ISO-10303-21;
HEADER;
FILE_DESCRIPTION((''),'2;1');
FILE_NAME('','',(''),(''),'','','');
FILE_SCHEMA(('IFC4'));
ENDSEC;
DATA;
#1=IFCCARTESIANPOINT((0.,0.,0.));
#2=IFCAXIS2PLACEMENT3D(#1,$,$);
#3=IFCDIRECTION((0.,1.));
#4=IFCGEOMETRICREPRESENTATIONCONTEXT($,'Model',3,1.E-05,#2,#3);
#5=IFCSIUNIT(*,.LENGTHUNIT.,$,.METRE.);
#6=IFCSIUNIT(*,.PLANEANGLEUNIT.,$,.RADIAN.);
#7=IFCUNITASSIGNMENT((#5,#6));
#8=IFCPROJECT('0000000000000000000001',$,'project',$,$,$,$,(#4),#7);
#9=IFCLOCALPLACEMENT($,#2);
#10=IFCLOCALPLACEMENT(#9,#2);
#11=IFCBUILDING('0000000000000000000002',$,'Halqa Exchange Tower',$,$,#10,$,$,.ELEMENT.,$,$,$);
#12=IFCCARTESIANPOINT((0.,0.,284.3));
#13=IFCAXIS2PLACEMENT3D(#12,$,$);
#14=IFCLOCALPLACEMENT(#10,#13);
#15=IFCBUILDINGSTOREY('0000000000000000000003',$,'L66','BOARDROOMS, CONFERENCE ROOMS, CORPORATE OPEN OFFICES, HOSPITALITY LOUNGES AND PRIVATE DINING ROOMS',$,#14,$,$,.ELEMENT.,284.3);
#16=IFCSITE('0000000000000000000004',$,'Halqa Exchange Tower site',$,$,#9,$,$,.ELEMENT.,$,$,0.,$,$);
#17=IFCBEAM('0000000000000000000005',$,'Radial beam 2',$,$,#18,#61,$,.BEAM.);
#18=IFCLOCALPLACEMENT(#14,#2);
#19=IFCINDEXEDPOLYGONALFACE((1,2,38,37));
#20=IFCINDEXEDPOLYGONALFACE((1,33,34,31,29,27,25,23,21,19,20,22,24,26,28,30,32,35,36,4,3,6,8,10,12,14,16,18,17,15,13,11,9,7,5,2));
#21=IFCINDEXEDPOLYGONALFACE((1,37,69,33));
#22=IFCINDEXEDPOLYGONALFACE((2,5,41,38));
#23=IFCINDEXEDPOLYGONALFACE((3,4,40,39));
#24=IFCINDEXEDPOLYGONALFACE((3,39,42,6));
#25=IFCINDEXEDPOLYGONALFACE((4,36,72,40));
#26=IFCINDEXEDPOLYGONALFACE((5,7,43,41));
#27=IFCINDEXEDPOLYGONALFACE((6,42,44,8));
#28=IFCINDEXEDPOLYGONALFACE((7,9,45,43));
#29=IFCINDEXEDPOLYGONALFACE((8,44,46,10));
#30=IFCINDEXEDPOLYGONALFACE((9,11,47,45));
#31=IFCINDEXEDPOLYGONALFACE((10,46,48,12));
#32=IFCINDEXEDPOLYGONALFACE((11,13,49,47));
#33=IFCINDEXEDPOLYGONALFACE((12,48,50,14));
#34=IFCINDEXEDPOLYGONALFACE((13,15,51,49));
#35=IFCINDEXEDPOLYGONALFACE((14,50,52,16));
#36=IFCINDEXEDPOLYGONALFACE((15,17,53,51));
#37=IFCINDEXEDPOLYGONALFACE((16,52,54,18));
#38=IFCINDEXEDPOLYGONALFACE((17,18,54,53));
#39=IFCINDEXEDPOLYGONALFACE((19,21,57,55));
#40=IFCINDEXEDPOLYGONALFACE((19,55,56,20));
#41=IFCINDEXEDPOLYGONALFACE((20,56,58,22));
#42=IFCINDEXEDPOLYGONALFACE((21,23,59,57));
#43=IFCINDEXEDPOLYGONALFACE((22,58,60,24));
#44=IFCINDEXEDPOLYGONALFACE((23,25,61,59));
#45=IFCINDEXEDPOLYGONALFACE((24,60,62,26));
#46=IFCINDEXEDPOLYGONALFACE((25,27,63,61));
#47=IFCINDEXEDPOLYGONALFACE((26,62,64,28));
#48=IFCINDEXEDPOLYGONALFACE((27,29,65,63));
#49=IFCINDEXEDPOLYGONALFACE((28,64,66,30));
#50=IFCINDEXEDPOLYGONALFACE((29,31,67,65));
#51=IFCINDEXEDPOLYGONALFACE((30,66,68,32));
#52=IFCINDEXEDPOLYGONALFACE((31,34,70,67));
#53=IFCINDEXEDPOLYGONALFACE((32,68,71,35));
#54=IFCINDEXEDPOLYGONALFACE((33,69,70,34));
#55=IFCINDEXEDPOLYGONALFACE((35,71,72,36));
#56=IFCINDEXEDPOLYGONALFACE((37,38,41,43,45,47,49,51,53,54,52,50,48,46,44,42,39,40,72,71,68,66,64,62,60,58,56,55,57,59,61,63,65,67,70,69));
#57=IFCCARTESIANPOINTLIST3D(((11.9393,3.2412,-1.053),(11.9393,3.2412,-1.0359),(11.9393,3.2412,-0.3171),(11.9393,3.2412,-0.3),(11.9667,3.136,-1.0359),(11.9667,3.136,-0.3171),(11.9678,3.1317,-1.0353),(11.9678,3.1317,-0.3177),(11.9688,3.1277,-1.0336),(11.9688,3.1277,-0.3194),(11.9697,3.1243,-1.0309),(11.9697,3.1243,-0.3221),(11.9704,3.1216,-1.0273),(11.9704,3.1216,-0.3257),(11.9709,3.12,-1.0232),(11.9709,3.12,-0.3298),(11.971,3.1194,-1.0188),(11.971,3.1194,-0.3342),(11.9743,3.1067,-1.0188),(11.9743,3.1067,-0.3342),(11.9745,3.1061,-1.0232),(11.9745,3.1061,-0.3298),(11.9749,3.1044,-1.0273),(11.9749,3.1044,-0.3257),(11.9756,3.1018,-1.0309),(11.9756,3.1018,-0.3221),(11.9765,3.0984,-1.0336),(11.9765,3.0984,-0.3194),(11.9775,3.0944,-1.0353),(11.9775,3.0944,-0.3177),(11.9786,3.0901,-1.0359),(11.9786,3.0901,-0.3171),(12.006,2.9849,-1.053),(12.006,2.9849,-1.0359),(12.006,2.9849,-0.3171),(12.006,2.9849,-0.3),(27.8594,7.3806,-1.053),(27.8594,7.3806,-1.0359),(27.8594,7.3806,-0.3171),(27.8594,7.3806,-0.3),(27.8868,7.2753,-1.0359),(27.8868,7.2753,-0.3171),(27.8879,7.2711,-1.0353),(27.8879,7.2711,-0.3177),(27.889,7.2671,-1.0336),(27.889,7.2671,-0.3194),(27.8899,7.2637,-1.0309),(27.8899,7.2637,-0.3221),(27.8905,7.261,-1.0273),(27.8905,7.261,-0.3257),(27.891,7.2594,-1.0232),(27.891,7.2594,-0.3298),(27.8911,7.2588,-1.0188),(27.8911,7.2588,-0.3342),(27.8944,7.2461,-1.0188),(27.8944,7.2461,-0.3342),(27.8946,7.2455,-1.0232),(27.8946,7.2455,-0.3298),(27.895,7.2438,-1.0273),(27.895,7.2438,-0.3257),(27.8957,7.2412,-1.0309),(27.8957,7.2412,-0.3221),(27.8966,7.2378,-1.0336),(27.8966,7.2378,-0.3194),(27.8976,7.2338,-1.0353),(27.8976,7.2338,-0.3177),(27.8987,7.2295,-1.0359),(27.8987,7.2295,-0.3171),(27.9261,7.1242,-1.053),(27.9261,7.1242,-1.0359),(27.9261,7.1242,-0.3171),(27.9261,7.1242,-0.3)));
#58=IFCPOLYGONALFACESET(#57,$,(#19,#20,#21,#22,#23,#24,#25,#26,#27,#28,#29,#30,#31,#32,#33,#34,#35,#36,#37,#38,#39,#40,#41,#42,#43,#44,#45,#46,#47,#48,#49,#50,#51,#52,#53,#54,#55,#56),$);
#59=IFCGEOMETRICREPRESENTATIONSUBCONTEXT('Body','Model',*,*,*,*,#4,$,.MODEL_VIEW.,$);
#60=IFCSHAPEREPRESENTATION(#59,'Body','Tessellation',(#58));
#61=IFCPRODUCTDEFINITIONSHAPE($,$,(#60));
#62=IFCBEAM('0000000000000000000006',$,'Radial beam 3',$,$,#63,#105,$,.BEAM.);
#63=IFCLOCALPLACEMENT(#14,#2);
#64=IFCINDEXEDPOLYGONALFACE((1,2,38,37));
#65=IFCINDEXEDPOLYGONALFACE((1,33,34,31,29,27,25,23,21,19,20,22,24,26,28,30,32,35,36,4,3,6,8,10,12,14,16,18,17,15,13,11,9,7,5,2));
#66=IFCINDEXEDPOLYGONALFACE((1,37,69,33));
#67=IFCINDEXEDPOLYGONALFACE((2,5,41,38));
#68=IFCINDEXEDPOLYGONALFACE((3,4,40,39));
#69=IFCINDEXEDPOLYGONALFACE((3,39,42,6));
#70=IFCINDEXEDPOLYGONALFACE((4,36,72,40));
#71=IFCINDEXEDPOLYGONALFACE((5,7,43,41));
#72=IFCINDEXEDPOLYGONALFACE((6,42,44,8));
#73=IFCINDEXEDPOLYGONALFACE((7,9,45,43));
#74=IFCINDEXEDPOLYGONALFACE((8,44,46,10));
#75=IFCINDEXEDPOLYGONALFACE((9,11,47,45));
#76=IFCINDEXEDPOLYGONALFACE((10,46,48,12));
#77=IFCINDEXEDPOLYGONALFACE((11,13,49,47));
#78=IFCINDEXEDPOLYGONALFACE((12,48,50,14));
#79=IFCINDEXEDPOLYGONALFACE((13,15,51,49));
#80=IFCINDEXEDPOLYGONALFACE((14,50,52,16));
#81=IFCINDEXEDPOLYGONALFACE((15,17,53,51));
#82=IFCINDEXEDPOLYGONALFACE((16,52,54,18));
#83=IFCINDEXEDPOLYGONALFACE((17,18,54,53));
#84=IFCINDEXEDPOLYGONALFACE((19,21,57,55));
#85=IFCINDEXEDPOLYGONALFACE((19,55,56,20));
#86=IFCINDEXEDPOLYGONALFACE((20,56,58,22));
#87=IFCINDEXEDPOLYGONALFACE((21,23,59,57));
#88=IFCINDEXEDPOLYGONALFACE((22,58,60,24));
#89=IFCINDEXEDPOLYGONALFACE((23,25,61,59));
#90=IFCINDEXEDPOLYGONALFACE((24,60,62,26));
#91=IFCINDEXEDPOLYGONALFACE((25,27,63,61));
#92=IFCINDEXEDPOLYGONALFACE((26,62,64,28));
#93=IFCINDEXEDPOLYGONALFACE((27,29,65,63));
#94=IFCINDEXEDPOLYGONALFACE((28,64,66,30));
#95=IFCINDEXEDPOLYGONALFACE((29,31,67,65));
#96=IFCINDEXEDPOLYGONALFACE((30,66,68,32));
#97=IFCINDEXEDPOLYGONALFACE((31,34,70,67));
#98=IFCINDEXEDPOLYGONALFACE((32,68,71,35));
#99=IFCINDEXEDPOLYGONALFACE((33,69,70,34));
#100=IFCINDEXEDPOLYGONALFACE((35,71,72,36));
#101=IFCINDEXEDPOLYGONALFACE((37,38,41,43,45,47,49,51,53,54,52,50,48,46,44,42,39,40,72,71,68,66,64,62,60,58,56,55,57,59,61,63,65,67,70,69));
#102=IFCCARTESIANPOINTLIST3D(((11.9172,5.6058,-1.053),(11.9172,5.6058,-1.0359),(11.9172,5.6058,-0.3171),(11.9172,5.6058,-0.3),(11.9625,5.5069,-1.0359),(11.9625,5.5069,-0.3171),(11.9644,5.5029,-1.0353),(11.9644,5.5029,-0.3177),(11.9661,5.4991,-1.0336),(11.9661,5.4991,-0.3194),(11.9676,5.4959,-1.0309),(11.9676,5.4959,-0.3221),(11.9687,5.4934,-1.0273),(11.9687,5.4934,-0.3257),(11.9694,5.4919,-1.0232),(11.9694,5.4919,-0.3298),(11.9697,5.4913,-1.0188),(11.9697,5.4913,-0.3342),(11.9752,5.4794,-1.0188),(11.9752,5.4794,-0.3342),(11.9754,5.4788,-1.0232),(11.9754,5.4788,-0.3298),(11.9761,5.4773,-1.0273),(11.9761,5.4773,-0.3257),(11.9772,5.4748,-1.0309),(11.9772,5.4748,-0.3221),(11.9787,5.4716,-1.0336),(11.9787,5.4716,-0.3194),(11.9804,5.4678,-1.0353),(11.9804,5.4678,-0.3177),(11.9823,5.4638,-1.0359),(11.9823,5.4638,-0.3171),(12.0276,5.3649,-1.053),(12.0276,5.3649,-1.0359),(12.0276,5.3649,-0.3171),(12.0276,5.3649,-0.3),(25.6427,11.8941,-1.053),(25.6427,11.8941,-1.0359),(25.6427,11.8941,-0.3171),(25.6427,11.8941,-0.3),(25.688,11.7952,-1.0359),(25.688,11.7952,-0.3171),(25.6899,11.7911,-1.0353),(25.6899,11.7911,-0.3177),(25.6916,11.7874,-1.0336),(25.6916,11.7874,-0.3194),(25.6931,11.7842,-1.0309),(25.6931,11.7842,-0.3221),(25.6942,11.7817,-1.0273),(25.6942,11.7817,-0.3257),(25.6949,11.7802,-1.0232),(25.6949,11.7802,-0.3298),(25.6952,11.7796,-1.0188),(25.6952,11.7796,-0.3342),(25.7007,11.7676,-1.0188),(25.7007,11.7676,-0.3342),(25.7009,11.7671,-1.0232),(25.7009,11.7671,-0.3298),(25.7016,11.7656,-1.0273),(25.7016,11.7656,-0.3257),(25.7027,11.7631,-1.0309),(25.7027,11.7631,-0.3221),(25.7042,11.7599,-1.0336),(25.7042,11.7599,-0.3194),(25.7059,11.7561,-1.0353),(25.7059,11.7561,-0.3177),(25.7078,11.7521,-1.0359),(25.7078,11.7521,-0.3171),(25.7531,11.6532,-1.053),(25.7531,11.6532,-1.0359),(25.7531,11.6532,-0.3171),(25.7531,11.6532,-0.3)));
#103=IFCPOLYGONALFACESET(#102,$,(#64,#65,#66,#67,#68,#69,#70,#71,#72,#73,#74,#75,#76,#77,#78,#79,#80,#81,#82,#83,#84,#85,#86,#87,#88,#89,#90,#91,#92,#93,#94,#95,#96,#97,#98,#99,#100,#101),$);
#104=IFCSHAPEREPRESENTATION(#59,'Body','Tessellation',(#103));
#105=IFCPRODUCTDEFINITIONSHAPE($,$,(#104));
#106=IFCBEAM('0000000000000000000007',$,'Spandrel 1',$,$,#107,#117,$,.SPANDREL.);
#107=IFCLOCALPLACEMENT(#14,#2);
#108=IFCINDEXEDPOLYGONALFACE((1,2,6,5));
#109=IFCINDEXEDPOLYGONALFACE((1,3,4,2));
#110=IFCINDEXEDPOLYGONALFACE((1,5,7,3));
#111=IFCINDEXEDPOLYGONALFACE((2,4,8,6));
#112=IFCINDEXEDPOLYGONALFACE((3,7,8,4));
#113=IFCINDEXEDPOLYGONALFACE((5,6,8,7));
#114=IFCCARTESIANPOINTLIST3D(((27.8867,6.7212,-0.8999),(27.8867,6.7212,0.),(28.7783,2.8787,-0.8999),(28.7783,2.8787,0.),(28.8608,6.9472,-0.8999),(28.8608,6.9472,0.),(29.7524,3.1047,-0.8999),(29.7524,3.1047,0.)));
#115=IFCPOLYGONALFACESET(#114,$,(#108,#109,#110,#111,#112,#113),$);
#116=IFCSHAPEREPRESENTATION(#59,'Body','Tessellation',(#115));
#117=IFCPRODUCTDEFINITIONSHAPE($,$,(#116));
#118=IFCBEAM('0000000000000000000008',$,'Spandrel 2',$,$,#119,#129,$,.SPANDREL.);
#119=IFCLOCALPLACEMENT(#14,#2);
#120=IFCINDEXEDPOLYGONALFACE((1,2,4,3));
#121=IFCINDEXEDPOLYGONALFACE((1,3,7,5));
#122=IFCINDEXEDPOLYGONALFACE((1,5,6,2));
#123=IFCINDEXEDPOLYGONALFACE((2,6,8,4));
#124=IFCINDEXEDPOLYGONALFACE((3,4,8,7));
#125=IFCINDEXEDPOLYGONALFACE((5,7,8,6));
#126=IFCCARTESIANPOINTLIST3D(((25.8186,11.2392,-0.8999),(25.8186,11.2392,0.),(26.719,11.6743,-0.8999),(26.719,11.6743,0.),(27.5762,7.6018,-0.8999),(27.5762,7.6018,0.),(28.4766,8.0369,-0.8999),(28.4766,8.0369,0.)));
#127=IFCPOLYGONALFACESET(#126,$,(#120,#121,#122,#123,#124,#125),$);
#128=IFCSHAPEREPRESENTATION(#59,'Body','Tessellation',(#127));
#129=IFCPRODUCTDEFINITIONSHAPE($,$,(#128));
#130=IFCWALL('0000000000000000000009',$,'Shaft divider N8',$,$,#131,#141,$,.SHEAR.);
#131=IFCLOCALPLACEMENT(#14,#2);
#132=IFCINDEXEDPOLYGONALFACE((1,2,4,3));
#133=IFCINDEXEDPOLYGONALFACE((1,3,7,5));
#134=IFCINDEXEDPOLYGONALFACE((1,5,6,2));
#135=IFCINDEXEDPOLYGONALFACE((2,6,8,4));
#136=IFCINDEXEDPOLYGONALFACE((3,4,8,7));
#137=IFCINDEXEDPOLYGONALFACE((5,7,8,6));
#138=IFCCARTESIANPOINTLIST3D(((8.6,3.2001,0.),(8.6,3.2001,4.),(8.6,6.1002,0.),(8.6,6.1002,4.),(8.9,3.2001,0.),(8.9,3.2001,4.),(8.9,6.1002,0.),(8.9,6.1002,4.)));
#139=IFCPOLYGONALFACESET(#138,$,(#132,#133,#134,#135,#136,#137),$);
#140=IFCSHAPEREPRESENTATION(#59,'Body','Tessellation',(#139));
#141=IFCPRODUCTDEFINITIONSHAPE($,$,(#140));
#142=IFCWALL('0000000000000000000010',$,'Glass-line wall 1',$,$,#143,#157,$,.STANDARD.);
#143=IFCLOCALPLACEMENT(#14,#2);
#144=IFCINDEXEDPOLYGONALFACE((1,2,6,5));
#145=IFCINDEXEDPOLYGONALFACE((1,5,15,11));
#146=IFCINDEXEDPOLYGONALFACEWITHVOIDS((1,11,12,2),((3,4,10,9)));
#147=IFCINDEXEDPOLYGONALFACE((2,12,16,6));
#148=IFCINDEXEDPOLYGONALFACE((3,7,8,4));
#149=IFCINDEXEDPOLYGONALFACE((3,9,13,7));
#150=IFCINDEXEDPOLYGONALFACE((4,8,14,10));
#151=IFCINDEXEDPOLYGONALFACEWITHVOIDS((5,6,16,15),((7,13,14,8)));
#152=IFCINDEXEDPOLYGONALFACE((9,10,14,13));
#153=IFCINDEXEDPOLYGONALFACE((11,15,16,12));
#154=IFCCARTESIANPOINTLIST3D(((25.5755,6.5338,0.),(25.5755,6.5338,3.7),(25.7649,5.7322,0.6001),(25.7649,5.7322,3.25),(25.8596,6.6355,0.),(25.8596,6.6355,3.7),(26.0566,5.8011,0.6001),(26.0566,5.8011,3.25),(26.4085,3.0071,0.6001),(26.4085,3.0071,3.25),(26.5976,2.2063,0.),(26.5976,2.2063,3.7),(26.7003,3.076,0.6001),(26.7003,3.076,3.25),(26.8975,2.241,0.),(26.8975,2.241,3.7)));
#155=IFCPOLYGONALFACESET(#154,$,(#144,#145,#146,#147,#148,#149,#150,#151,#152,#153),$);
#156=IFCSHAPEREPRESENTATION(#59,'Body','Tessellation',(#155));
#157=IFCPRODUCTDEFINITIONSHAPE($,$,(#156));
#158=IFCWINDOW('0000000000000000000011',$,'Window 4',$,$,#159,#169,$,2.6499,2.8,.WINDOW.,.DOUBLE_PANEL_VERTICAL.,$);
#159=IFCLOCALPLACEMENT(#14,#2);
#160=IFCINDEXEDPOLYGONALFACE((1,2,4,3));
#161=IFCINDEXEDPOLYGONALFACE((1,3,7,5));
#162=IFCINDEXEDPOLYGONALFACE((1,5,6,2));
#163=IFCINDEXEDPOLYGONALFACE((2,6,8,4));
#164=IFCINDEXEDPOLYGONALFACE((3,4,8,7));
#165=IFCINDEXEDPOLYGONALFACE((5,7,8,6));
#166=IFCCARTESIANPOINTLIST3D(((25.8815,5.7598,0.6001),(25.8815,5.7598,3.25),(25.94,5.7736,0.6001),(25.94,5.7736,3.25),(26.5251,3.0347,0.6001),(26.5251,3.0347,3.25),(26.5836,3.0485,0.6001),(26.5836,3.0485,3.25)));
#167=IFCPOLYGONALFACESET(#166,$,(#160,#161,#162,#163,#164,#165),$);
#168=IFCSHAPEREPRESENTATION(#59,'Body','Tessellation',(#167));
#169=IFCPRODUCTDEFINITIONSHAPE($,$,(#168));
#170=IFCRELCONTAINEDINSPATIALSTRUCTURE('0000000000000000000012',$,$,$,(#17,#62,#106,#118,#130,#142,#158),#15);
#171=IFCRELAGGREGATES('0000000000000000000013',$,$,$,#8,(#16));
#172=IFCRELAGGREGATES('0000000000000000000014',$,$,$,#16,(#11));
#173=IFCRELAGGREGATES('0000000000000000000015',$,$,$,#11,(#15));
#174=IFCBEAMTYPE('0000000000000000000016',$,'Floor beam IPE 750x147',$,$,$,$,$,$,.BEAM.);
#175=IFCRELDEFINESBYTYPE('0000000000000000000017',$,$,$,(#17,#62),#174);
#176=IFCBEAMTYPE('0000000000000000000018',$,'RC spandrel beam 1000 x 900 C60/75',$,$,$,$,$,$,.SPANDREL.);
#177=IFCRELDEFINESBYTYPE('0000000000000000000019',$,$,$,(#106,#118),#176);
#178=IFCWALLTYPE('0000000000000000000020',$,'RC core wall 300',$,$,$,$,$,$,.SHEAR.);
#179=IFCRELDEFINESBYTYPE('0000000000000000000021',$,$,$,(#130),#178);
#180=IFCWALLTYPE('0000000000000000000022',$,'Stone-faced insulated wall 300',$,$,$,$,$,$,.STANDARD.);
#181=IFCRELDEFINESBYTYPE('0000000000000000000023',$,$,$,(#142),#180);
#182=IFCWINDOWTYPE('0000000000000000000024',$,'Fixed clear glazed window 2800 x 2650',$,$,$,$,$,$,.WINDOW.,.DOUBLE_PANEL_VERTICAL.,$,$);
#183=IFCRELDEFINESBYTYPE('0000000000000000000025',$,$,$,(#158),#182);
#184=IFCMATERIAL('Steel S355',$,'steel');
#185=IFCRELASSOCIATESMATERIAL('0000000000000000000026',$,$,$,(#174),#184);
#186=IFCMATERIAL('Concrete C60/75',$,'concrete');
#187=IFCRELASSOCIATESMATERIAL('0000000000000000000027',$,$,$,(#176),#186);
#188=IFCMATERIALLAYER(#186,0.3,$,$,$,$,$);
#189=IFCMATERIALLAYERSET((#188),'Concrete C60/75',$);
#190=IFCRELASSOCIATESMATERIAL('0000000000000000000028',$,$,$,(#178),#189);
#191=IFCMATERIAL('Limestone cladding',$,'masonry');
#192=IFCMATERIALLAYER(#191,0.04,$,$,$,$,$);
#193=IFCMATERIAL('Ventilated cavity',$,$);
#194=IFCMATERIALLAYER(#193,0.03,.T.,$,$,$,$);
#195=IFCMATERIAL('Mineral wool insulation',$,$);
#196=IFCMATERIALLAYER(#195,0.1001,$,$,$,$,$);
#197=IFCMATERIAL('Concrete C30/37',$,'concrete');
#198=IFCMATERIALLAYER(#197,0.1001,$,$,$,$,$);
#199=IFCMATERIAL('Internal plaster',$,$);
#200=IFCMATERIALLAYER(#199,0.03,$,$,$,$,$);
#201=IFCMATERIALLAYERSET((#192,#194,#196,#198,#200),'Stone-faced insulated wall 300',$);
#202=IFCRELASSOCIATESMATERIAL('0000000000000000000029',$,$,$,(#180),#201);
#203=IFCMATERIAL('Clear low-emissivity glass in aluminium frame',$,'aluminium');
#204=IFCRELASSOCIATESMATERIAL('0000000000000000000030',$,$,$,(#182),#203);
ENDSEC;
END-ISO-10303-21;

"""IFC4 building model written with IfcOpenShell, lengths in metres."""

from ifc_helpers import new_model, si_unit, direction, frame, frame_2d, origin, origin_2d, place, context, subcontext, project, spatial, polyline, rectangle, i_section, outline, extrude, material, layer, layer_set, material_profile, profile_set, type_object, element, fill, save


model = new_model("IFC4")

# Units and contexts
model_context = context("Model", 3, precision=1e-05, world=origin(), true_north=direction((0.0, 1.0)))
body_context = subcontext(model_context, "Body", "Model", "MODEL_VIEW")
ifc_project = project(units=[si_unit("LENGTHUNIT", "METRE"), si_unit("PLANEANGLEUNIT", "RADIAN")], contexts=[model_context])

# Site, building, storey
site_placement = place(None, origin())
site = spatial("IfcSite", under=ifc_project, at=site_placement, Name="Halqa Exchange Tower site", CompositionType="ELEMENT", RefElevation=0.0)
building_placement = place(site_placement, origin())
building = spatial("IfcBuilding", under=site, at=building_placement, Name="Halqa Exchange Tower", CompositionType="ELEMENT")
storey_placement = place(building_placement, frame((0.0, 0.0, 284.3)))
storey = spatial("IfcBuildingStorey", under=building, at=storey_placement, Name="L66", Description="BOARDROOMS, CONFERENCE ROOMS, CORPORATE OPEN OFFICES, HOSPITALITY LOUNGES AND PRIVATE DINING ROOMS", CompositionType="ELEMENT", Elevation=284.3)

# Shared definitions
ifc_material_1 = material(Name="Concrete C60/75", Category="concrete")

# Beams
ifc_material_2 = material(Name="Steel S355", Category="steel")
ifc_material_profile_1 = material_profile(ifc_material_2, i_section(OverallWidth=0.2649, OverallDepth=0.7529, WebThickness=0.0132, FlangeThickness=0.0171, FilletRadius=0.0171, at=origin_2d()), Name="IPE 750x147")
ifc_profile_set_1 = profile_set([ifc_material_profile_1], Name="Steel S355")
beam_type_1 = type_object("IfcBeamType", Name="Floor beam IPE 750x147", PredefinedType="BEAM", material=ifc_profile_set_1)
beam_1_placement = place(storey_placement, frame((11.9727, 3.113, -0.6765), z_axis=(0.96782, 0.251643, 0.0), x_axis=(-0.251643, 0.96782, 0.0)))
element("IfcBeam", 1, at=beam_1_placement, inside=storey, type_object=beam_type_1, Name="Radial beam 2", PredefinedType="BEAM", context=body_context, shape_type="SweptSolid", body=[
    extrude(i_section(OverallWidth=0.2649, OverallDepth=0.7529, WebThickness=0.0132, FlangeThickness=0.0171, FilletRadius=0.0171, at=origin_2d()), origin(), (0.0, 0.0, 1.0), 16.4495),
])
beam_2_placement = place(storey_placement, frame((11.9724, 5.4854, -0.6765), z_axis=(0.909129, 0.416514, 0.0), x_axis=(-0.416514, 0.909129, 0.0)))
element("IfcBeam", 2, at=beam_2_placement, inside=storey, type_object=beam_type_1, Name="Radial beam 3", PredefinedType="BEAM", context=body_context, shape_type="SweptSolid", body=[
    extrude(i_section(OverallWidth=0.2649, OverallDepth=0.7529, WebThickness=0.0132, FlangeThickness=0.0171, FilletRadius=0.0171, at=origin_2d()), origin(), (0.0, 0.0, 1.0), 15.0974),
])
ifc_material_profile_2 = material_profile(ifc_material_1, rectangle(XDim=1.0, YDim=0.8999, at=origin_2d()), Name="1000 x 900")
ifc_profile_set_2 = profile_set([ifc_material_profile_2], Name="Concrete C60/75")
beam_type_2 = type_object("IfcBeamType", Name="RC spandrel beam 1000 x 900 C60/75", PredefinedType="SPANDREL", material=ifc_profile_set_2)
beam_3_placement = place(storey_placement, frame((29.2654, 2.9917, -0.45), z_axis=(-0.22603, 0.97412, 0.0), x_axis=(-0.97412, -0.22603, 0.0)))
element("IfcBeam", 3, at=beam_3_placement, inside=storey, type_object=beam_type_2, Name="Spandrel 1", PredefinedType="SPANDREL", context=body_context, shape_type="SweptSolid", body=[
    extrude(rectangle(XDim=1.0, YDim=0.8999, at=origin_2d()), origin(), (0.0, 0.0, 1.0), 3.9446),
])
beam_4_placement = place(storey_placement, frame((28.0264, 7.8193, -0.45), z_axis=(-0.435062, 0.900401, 0.0), x_axis=(-0.900401, -0.435062, 0.0)))
element("IfcBeam", 4, at=beam_4_placement, inside=storey, type_object=beam_type_2, Name="Spandrel 2", PredefinedType="SPANDREL", context=body_context, shape_type="SweptSolid", body=[
    extrude(rectangle(XDim=1.0, YDim=0.8999, at=origin_2d()), origin(), (0.0, 0.0, 1.0), 4.0398),
])

# Wall
ifc_layer_1 = layer(ifc_material_1, 0.3)
ifc_layer_set_1 = layer_set([ifc_layer_1], Name="Concrete C60/75")
wall_type_1 = type_object("IfcWallType", Name="RC core wall 300", PredefinedType="SHEAR", material=ifc_layer_set_1)
wall_1_placement = place(storey_placement, frame((8.75, 3.2, 0.0), z_axis=(0.0, 0.0, 1.0), x_axis=(0.0, 1.0, 0.0)))
element("IfcWall", 5, at=wall_1_placement, inside=storey, type_object=wall_type_1, Name="Shaft divider N8", PredefinedType="SHEAR", context=body_context, shape_type="SweptSolid", body=[
    extrude(rectangle(XDim=2.9001, YDim=0.3, at=frame_2d((1.4502, 0.0))), origin(), (0.0, 0.0, 1.0), 4.0),
])

# Wall, opening, window
ifc_material_3 = material(Name="Limestone cladding", Category="masonry")
ifc_layer_2 = layer(ifc_material_3, 0.04)
ifc_material_4 = material(Name="Ventilated cavity")
ifc_layer_3 = layer(ifc_material_4, 0.03, ventilated=True)
ifc_material_5 = material(Name="Mineral wool insulation")
ifc_layer_4 = layer(ifc_material_5, 0.1001)
ifc_material_6 = material(Name="Concrete C30/37", Category="concrete")
ifc_layer_5 = layer(ifc_material_6, 0.1001)
ifc_material_7 = material(Name="Internal plaster")
ifc_layer_6 = layer(ifc_material_7, 0.03)
ifc_layer_set_2 = layer_set([ifc_layer_2, ifc_layer_3, ifc_layer_4, ifc_layer_5, ifc_layer_6], Name="Stone-faced insulated wall 300")
wall_type_2 = type_object("IfcWallType", Name="Stone-faced insulated wall 300", PredefinedType="STANDARD", material=ifc_layer_set_2)
wall_2_placement = place(storey_placement, frame((26.7476, 2.2236, 0.0), z_axis=(0.0, 0.0, 1.0), x_axis=(-0.229862, 0.973223, 0.0)))
wall_2 = element("IfcWall", 6, at=wall_2_placement, inside=storey, type_object=wall_type_2, Name="Glass-line wall 1", PredefinedType="STANDARD", context=body_context, shape_type="SweptSolid", body=[
    extrude(outline(polyline([(-0.0176, -0.1499), (4.4978, -0.1499), (4.4641, 0.1499), (0.0176, 0.1499), (-0.0176, -0.1499)])), origin(), (0.0, 0.0, 1.0), 3.7),
])
opening_1_placement = place(wall_2_placement, frame((0.8406, 0.0, 0.6001)))
opening_1 = element("IfcOpeningElement", 7, at=opening_1_placement, cuts=wall_2, PredefinedType="OPENING", context=body_context, shape_type="SweptSolid", body=[
    extrude(rectangle(XDim=2.8, YDim=2.6499, at=frame_2d((1.3999, 1.325))), frame((0.0, 0.1621, 0.0), z_axis=(0.0, -1.0, 0.0), x_axis=(1.0, 0.0, 0.0)), (0.0, 0.0, 1.0), 0.324),
])
ifc_material_8 = material(Name="Clear low-emissivity glass in aluminium frame", Category="aluminium")
window_type = type_object("IfcWindowType", Name="Fixed clear glazed window 2800 x 2650", PartitioningType="DOUBLE_PANEL_VERTICAL", PredefinedType="WINDOW", material=ifc_material_8)
window_1_placement = place(opening_1_placement, origin())
window_1 = element("IfcWindow", 8, at=window_1_placement, inside=storey, type_object=window_type, Name="Window 4", OverallHeight=2.6499, OverallWidth=2.8, PartitioningType="DOUBLE_PANEL_VERTICAL", PredefinedType="WINDOW", context=body_context, shape_type="SweptSolid", body=[
    extrude(rectangle(XDim=2.8, YDim=2.6499, at=frame_2d((1.3999, 1.325))), frame((0.0, 0.03, 0.0), z_axis=(0.0, -1.0, 0.0), x_axis=(1.0, 0.0, 0.0)), (0.0, 0.0, 1.0), 0.0601),
])
fill(opening_1, window_1)

save(model, "model.ifc")
